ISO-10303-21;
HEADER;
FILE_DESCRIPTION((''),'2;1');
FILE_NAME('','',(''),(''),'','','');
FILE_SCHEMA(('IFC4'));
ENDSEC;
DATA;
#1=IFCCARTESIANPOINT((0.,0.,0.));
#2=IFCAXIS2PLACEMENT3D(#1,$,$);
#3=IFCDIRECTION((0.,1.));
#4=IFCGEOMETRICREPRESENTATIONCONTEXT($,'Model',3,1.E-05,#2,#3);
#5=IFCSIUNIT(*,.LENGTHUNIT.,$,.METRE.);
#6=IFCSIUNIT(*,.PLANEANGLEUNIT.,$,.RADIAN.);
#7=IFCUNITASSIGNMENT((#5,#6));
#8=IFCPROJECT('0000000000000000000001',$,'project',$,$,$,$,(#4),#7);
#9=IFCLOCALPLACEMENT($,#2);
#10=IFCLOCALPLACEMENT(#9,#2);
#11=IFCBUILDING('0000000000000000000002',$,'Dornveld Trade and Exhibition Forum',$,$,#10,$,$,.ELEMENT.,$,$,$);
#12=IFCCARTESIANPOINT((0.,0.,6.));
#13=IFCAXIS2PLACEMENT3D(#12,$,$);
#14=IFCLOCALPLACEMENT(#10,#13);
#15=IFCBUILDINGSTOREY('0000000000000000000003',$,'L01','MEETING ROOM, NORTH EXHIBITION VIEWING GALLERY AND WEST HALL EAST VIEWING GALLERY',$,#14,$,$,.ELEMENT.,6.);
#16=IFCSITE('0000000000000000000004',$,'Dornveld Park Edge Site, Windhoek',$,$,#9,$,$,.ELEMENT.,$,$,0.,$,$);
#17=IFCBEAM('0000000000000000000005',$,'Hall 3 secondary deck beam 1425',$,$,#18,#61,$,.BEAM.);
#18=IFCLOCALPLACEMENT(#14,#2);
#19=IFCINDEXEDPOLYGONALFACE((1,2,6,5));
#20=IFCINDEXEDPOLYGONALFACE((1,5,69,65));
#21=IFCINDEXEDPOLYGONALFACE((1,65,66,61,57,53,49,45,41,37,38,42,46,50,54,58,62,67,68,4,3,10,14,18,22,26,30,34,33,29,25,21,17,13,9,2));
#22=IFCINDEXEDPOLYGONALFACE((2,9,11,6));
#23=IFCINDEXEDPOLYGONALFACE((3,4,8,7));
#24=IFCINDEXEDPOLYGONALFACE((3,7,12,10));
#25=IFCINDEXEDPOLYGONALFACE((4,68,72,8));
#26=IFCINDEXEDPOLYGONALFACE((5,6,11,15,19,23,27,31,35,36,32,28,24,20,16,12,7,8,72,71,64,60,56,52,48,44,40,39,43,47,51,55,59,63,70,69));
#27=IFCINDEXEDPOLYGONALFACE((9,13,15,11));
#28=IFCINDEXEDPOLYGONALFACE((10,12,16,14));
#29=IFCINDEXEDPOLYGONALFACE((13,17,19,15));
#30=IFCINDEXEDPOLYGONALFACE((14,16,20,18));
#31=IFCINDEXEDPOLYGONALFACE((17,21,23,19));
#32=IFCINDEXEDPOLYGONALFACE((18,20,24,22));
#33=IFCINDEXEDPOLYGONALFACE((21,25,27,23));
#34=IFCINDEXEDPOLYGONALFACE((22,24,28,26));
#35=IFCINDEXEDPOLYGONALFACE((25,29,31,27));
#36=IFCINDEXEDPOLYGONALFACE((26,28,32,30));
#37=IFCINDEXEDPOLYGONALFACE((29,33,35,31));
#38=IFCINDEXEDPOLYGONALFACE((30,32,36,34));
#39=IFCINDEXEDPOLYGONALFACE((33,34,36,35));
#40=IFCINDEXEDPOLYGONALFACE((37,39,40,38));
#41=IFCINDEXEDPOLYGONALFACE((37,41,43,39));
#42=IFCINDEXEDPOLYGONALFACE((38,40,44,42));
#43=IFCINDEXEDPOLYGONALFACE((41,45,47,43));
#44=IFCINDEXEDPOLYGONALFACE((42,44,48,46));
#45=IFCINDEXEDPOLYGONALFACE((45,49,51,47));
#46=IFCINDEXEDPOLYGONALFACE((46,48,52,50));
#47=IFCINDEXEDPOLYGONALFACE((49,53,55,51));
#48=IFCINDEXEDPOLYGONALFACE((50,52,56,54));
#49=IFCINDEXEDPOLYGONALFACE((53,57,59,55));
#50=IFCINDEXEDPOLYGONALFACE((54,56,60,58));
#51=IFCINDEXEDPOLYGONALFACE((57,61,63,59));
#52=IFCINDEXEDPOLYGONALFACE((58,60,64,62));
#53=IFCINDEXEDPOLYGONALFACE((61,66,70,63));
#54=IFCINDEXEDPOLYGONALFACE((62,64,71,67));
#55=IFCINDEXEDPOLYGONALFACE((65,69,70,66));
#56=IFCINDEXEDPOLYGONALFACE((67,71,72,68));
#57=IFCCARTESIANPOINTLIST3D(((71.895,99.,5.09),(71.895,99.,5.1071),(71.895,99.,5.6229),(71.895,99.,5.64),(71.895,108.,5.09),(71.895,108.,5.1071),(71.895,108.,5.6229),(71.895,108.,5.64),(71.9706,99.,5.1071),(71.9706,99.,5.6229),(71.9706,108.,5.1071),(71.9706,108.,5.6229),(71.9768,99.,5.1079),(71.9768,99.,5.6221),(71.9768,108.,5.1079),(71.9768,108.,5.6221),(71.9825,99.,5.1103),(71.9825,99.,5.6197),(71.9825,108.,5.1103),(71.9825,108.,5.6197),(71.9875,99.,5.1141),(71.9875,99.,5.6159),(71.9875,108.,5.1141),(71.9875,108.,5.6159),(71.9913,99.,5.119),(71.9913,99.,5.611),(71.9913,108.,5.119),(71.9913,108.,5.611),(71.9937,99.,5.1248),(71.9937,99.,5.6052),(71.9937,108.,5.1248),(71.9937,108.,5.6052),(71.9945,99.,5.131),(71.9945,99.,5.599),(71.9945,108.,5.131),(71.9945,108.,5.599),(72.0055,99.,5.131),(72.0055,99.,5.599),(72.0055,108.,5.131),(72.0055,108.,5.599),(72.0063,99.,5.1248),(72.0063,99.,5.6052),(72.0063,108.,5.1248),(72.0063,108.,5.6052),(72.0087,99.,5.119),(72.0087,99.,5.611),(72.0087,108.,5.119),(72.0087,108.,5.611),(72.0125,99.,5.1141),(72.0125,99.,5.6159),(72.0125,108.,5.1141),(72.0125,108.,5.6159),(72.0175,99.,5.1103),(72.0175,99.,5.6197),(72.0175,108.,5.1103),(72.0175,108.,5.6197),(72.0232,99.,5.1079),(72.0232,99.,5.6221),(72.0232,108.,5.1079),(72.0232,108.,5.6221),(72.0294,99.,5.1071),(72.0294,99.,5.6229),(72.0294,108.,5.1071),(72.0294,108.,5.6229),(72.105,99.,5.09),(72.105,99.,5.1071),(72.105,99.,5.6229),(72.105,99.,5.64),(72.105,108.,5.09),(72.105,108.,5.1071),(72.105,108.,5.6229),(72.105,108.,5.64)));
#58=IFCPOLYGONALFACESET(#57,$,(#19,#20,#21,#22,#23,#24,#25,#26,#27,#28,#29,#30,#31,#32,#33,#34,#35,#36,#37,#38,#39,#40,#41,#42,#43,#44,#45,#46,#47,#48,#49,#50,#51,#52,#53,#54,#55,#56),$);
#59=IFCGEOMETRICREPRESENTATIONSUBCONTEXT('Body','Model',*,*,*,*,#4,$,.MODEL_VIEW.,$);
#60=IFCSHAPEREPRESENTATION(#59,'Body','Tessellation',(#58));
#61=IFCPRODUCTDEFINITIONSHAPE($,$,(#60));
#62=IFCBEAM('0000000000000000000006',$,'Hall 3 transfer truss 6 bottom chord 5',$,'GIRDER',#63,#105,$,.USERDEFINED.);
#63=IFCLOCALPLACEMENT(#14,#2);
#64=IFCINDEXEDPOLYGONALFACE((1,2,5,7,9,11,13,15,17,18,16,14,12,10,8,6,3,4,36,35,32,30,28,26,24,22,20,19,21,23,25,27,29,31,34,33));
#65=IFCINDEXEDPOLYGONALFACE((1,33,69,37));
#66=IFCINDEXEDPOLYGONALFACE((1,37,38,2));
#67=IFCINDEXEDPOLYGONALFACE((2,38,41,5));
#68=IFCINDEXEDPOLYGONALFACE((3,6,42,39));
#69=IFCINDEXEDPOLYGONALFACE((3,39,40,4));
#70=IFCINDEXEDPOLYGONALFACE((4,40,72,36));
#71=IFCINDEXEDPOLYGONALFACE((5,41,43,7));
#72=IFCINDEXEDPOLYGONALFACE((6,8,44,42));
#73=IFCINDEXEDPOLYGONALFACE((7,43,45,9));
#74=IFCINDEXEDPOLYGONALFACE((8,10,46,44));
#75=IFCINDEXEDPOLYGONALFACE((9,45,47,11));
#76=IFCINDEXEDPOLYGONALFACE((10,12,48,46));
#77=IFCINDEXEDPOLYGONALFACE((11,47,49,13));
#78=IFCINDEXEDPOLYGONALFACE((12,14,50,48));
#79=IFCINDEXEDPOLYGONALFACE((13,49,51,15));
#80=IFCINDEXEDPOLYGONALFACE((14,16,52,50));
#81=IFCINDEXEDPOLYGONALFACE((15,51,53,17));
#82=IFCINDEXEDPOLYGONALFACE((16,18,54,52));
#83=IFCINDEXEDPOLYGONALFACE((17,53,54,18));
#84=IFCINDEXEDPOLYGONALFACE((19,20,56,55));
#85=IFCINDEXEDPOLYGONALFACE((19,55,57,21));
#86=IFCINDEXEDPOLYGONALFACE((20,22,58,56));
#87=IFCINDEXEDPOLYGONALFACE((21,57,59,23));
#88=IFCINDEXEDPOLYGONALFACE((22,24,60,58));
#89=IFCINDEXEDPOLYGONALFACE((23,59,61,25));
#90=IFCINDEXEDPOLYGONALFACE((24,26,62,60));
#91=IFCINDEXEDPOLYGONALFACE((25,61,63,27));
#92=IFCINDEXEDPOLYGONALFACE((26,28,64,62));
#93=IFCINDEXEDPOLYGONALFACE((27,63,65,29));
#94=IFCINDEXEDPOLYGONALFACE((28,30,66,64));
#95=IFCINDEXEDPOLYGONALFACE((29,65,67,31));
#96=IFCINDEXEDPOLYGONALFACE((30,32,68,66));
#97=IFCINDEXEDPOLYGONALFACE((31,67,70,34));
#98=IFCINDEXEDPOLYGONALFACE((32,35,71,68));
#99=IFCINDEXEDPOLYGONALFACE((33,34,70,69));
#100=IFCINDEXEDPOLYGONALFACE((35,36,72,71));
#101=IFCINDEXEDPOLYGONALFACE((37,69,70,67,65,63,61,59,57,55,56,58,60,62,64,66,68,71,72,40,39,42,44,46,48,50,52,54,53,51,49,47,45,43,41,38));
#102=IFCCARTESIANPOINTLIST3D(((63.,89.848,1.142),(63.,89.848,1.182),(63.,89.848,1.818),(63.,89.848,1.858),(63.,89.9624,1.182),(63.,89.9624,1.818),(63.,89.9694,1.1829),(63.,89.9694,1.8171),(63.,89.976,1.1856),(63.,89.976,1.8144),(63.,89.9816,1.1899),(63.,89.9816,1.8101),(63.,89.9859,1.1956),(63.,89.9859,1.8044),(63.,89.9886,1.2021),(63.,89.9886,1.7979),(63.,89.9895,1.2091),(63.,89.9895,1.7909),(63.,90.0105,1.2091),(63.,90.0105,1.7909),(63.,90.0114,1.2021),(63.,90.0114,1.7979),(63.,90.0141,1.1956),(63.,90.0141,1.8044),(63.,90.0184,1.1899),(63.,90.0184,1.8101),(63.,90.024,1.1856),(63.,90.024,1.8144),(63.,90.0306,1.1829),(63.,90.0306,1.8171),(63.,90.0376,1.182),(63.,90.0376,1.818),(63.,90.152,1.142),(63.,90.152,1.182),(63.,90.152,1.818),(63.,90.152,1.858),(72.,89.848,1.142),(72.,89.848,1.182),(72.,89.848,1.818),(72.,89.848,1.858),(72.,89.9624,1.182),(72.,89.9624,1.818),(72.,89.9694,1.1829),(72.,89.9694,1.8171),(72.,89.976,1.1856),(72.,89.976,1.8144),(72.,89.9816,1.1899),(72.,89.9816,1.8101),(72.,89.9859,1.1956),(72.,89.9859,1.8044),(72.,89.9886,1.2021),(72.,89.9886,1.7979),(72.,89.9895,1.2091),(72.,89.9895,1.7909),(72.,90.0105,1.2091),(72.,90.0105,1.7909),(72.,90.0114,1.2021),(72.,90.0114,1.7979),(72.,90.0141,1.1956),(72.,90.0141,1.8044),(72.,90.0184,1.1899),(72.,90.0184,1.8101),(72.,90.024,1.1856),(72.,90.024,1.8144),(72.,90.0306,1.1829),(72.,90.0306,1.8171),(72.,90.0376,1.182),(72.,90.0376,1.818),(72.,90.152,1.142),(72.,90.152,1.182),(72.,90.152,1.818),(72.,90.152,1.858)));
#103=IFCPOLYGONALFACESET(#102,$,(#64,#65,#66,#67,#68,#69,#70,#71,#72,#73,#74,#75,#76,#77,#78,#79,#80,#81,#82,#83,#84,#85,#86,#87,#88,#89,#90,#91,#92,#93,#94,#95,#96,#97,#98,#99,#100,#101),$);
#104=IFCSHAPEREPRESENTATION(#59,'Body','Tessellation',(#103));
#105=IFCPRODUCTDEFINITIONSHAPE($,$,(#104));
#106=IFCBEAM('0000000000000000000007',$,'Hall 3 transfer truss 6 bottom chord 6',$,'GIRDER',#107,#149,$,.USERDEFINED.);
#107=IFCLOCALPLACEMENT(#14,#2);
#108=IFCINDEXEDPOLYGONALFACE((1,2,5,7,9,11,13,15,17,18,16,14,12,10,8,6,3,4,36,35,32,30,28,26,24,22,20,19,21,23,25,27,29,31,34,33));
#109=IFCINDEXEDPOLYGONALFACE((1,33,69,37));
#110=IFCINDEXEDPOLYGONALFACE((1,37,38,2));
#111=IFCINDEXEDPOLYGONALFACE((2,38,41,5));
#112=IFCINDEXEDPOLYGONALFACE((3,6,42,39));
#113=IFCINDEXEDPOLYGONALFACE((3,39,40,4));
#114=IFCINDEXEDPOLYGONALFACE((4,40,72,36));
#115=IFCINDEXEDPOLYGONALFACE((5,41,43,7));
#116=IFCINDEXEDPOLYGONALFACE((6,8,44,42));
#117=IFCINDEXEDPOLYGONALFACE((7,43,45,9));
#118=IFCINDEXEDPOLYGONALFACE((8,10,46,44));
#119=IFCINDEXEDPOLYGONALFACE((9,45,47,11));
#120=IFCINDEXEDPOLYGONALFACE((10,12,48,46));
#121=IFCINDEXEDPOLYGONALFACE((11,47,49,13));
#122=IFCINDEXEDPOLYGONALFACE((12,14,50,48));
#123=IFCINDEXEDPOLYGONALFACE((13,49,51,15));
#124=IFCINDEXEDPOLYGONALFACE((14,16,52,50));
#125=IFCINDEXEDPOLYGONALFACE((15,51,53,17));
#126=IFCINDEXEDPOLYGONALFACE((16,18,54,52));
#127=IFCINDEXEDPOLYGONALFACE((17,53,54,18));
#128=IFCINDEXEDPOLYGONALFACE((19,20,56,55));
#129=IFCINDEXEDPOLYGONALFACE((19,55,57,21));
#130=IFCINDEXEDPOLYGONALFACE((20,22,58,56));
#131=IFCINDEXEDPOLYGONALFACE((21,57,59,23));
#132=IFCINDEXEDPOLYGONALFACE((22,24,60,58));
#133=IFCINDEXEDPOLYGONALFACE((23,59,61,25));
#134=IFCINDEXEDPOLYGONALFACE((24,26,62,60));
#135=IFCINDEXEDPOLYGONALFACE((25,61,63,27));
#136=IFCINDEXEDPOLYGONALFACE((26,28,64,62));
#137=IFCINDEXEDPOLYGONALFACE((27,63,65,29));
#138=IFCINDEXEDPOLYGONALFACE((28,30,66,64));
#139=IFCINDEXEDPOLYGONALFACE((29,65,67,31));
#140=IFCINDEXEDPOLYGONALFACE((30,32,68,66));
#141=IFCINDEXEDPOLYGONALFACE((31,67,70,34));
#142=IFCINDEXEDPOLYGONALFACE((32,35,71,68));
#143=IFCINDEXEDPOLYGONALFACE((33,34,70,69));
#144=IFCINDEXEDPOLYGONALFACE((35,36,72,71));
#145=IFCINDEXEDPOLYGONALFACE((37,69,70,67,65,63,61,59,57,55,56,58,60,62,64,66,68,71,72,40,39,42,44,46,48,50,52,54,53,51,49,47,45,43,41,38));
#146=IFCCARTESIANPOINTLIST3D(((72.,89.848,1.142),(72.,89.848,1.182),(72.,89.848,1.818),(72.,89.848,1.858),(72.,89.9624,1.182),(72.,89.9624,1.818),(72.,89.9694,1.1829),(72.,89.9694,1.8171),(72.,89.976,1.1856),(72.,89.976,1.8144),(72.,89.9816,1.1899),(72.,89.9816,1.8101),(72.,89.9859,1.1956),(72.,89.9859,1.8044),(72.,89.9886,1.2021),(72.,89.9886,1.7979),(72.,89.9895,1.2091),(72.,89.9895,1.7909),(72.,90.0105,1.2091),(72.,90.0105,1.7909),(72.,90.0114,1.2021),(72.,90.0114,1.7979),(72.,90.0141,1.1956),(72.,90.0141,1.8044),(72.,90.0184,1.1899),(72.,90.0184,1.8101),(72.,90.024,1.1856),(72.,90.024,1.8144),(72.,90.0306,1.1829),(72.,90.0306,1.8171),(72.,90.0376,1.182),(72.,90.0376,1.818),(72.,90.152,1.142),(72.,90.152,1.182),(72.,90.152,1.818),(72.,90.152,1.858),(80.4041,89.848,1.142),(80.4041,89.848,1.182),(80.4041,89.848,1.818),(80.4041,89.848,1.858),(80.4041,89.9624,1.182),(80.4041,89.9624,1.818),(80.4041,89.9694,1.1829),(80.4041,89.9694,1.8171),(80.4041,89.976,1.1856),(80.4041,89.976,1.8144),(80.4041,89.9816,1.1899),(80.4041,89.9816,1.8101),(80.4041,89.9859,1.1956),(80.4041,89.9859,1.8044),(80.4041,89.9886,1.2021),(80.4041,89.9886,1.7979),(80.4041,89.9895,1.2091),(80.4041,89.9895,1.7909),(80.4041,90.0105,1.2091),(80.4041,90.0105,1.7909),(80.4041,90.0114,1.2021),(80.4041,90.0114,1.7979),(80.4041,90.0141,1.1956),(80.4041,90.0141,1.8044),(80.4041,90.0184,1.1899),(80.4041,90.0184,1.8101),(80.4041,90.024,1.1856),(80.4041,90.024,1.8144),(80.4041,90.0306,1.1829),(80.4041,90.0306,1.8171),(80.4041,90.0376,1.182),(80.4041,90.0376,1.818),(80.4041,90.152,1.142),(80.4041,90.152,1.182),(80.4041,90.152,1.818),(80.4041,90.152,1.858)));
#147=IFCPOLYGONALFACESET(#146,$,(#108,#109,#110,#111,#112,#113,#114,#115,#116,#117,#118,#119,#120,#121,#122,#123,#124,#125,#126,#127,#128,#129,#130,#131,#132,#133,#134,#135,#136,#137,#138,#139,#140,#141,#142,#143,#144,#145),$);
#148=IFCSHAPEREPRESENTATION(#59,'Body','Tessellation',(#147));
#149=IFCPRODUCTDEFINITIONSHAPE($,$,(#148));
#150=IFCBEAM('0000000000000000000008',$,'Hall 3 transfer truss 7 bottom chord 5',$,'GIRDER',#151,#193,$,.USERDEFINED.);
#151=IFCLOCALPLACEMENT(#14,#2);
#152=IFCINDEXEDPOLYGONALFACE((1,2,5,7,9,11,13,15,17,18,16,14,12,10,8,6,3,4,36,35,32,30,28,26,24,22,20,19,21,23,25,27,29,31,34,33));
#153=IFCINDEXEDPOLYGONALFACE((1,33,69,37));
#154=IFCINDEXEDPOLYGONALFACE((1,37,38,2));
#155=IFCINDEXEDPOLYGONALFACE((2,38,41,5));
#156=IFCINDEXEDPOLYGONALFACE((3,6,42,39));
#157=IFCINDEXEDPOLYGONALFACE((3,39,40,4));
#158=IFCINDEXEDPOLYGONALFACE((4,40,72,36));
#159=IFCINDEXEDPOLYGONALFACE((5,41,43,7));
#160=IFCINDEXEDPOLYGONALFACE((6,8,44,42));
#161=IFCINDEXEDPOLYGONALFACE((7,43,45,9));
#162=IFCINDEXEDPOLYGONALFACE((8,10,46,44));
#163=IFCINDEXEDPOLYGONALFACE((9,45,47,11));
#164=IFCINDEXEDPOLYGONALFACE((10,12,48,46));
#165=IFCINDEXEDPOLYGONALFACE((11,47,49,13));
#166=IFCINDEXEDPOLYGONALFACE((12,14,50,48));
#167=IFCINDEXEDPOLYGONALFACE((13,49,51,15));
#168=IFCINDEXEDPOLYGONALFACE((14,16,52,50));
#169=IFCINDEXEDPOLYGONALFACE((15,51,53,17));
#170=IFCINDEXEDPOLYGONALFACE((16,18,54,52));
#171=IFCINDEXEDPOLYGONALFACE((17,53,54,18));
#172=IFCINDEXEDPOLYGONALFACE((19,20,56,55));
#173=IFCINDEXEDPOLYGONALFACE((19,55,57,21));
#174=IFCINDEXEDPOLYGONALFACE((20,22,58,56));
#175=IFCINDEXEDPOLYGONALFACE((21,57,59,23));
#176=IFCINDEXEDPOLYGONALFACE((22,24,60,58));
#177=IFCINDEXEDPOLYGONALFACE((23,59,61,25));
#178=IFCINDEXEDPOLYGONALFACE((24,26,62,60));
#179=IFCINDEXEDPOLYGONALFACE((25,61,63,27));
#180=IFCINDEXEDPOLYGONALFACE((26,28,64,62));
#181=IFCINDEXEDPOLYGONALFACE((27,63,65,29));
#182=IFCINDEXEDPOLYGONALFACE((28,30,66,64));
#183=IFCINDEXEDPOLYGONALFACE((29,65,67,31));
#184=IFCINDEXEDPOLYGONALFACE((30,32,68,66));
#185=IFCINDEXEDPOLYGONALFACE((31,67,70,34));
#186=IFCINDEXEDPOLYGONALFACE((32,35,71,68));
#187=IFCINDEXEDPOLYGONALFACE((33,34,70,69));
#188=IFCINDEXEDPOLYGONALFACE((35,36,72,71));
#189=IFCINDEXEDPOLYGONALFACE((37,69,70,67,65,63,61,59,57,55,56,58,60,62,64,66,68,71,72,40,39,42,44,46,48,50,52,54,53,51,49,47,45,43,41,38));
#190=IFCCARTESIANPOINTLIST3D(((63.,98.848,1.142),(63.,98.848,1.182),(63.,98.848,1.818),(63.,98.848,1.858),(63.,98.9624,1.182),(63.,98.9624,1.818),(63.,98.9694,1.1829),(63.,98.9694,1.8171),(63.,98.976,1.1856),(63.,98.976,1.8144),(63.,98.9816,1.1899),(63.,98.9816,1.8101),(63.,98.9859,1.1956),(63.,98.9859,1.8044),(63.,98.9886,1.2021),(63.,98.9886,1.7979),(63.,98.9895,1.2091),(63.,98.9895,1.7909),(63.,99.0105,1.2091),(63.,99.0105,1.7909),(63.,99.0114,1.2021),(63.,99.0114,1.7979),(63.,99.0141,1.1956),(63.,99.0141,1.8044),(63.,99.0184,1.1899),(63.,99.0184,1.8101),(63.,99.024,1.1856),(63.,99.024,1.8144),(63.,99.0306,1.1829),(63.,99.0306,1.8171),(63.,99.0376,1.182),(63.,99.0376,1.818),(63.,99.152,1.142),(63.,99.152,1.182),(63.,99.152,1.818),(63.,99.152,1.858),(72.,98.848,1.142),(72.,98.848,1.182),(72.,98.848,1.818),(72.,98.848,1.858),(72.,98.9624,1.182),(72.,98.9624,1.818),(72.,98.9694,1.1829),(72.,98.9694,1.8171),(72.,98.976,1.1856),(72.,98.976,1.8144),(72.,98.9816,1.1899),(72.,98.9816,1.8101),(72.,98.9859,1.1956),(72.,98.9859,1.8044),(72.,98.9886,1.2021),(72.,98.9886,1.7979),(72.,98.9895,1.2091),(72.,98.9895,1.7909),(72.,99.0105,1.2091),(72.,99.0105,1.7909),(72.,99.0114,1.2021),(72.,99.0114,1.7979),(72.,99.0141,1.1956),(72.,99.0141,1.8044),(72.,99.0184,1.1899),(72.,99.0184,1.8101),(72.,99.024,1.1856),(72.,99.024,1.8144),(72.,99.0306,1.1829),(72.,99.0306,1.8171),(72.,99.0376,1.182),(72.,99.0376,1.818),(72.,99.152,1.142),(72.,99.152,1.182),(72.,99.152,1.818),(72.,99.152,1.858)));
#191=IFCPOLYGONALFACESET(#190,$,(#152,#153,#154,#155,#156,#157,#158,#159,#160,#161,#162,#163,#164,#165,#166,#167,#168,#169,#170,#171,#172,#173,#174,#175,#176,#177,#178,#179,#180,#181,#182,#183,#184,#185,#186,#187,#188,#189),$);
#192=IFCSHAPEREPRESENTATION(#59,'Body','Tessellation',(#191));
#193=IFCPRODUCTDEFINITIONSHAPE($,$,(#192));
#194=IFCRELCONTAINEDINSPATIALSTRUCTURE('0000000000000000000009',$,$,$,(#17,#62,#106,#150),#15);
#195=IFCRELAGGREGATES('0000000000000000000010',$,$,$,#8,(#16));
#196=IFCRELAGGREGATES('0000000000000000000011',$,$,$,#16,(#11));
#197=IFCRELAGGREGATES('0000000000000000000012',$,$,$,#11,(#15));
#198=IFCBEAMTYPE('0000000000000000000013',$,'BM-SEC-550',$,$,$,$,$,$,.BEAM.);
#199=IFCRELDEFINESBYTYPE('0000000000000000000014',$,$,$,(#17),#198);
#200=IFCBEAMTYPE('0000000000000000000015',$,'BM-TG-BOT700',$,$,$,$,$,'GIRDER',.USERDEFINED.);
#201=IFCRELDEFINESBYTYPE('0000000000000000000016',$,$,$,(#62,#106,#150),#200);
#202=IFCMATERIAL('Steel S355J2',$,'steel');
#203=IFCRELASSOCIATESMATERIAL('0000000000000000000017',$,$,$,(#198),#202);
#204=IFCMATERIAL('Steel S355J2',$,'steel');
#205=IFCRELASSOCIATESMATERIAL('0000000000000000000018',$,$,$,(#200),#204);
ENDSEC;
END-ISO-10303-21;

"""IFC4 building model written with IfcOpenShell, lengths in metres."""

from ifc_helpers import new_model, si_unit, direction, frame, origin, origin_2d, place, context, subcontext, project, spatial, i_section, extrude, material, material_profile, profile_set, type_object, element, save


model = new_model("IFC4")

# Units and contexts
model_context = context("Model", 3, precision=1e-05, world=origin(), true_north=direction((0.0, 1.0)))
body_context = subcontext(model_context, "Body", "Model", "MODEL_VIEW")
ifc_project = project(units=[si_unit("LENGTHUNIT", "METRE"), si_unit("PLANEANGLEUNIT", "RADIAN")], contexts=[model_context])

# Site, building, storey
site_placement = place(None, origin())
site = spatial("IfcSite", under=ifc_project, at=site_placement, Name="Dornveld Park Edge Site, Windhoek", CompositionType="ELEMENT", RefElevation=0.0)
building_placement = place(site_placement, origin())
building = spatial("IfcBuilding", under=site, at=building_placement, Name="Dornveld Trade and Exhibition Forum", CompositionType="ELEMENT")
storey_placement = place(building_placement, frame((0.0, 0.0, 6.0)))
storey = spatial("IfcBuildingStorey", under=building, at=storey_placement, Name="L01", Description="MEETING ROOM, NORTH EXHIBITION VIEWING GALLERY AND WEST HALL EAST VIEWING GALLERY", CompositionType="ELEMENT", Elevation=6.0)

# Beams
ifc_material_1 = material(Name="Steel S355J2", Category="steel")
ifc_material_profile_1 = material_profile(ifc_material_1, i_section(OverallWidth=0.21, OverallDepth=0.55, WebThickness=0.011, FlangeThickness=0.0171, FilletRadius=0.0239, at=origin_2d()), Name="IPE 550")
ifc_profile_set_1 = profile_set([ifc_material_profile_1], Name="Steel S355J2")
beam_type_1 = type_object("IfcBeamType", Name="BM-SEC-550", PredefinedType="BEAM", material=ifc_profile_set_1)
for number, where, z_axis, x_axis, name in (
    (1, (72.0, 99.0, 5.365), (0.0, 1.0, 0.0), (-1.0, 0.0, 0.0), "Hall 3 secondary deck beam 1425"),
):
    element("IfcBeam", number, at=place(storey_placement, frame(where, z_axis=z_axis, x_axis=x_axis)), inside=storey, type_object=beam_type_1, Name=name, PredefinedType="BEAM", context=body_context, shape_type="SweptSolid", body=[
        extrude(i_section(OverallWidth=0.21, OverallDepth=0.55, WebThickness=0.011, FlangeThickness=0.0171, FilletRadius=0.0239, at=origin_2d()), origin(), (0.0, 0.0, 1.0), 9.0),
    ])
ifc_material_2 = material(Name="Steel S355J2", Category="steel")
ifc_material_profile_2 = material_profile(ifc_material_2, i_section(OverallWidth=0.304, OverallDepth=0.7161, WebThickness=0.021, FlangeThickness=0.04, FilletRadius=0.0271, at=origin_2d()), Name="HEM 700")
ifc_profile_set_2 = profile_set([ifc_material_profile_2], Name="Steel S355J2")
beam_type_2 = type_object("IfcBeamType", Name="BM-TG-BOT700", ElementType="GIRDER", PredefinedType="USERDEFINED", material=ifc_profile_set_2)
beam_1_placement = place(storey_placement, frame((63.0, 90.0, 1.5), z_axis=(1.0, 0.0, 0.0), x_axis=(0.0, 1.0, 0.0)))
element("IfcBeam", 2, at=beam_1_placement, inside=storey, type_object=beam_type_2, Name="Hall 3 transfer truss 6 bottom chord 5", ObjectType="GIRDER", PredefinedType="USERDEFINED", context=body_context, shape_type="SweptSolid", body=[
    extrude(i_section(OverallWidth=0.304, OverallDepth=0.7161, WebThickness=0.021, FlangeThickness=0.04, FilletRadius=0.0271, at=origin_2d()), origin(), (0.0, 0.0, 1.0), 9.0),
])
beam_2_placement = place(storey_placement, frame((72.0, 90.0, 1.5), z_axis=(1.0, 0.0, 0.0), x_axis=(0.0, 1.0, 0.0)))
element("IfcBeam", 3, at=beam_2_placement, inside=storey, type_object=beam_type_2, Name="Hall 3 transfer truss 6 bottom chord 6", ObjectType="GIRDER", PredefinedType="USERDEFINED", context=body_context, shape_type="SweptSolid", body=[
    extrude(i_section(OverallWidth=0.304, OverallDepth=0.7161, WebThickness=0.021, FlangeThickness=0.04, FilletRadius=0.0271, at=origin_2d()), origin(), (0.0, 0.0, 1.0), 8.4041),
])
beam_3_placement = place(storey_placement, frame((63.0, 99.0, 1.5), z_axis=(1.0, 0.0, 0.0), x_axis=(0.0, 1.0, 0.0)))
element("IfcBeam", 4, at=beam_3_placement, inside=storey, type_object=beam_type_2, Name="Hall 3 transfer truss 7 bottom chord 5", ObjectType="GIRDER", PredefinedType="USERDEFINED", context=body_context, shape_type="SweptSolid", body=[
    extrude(i_section(OverallWidth=0.304, OverallDepth=0.7161, WebThickness=0.021, FlangeThickness=0.04, FilletRadius=0.0271, at=origin_2d()), origin(), (0.0, 0.0, 1.0), 9.0),
])

save(model, "model.ifc")
